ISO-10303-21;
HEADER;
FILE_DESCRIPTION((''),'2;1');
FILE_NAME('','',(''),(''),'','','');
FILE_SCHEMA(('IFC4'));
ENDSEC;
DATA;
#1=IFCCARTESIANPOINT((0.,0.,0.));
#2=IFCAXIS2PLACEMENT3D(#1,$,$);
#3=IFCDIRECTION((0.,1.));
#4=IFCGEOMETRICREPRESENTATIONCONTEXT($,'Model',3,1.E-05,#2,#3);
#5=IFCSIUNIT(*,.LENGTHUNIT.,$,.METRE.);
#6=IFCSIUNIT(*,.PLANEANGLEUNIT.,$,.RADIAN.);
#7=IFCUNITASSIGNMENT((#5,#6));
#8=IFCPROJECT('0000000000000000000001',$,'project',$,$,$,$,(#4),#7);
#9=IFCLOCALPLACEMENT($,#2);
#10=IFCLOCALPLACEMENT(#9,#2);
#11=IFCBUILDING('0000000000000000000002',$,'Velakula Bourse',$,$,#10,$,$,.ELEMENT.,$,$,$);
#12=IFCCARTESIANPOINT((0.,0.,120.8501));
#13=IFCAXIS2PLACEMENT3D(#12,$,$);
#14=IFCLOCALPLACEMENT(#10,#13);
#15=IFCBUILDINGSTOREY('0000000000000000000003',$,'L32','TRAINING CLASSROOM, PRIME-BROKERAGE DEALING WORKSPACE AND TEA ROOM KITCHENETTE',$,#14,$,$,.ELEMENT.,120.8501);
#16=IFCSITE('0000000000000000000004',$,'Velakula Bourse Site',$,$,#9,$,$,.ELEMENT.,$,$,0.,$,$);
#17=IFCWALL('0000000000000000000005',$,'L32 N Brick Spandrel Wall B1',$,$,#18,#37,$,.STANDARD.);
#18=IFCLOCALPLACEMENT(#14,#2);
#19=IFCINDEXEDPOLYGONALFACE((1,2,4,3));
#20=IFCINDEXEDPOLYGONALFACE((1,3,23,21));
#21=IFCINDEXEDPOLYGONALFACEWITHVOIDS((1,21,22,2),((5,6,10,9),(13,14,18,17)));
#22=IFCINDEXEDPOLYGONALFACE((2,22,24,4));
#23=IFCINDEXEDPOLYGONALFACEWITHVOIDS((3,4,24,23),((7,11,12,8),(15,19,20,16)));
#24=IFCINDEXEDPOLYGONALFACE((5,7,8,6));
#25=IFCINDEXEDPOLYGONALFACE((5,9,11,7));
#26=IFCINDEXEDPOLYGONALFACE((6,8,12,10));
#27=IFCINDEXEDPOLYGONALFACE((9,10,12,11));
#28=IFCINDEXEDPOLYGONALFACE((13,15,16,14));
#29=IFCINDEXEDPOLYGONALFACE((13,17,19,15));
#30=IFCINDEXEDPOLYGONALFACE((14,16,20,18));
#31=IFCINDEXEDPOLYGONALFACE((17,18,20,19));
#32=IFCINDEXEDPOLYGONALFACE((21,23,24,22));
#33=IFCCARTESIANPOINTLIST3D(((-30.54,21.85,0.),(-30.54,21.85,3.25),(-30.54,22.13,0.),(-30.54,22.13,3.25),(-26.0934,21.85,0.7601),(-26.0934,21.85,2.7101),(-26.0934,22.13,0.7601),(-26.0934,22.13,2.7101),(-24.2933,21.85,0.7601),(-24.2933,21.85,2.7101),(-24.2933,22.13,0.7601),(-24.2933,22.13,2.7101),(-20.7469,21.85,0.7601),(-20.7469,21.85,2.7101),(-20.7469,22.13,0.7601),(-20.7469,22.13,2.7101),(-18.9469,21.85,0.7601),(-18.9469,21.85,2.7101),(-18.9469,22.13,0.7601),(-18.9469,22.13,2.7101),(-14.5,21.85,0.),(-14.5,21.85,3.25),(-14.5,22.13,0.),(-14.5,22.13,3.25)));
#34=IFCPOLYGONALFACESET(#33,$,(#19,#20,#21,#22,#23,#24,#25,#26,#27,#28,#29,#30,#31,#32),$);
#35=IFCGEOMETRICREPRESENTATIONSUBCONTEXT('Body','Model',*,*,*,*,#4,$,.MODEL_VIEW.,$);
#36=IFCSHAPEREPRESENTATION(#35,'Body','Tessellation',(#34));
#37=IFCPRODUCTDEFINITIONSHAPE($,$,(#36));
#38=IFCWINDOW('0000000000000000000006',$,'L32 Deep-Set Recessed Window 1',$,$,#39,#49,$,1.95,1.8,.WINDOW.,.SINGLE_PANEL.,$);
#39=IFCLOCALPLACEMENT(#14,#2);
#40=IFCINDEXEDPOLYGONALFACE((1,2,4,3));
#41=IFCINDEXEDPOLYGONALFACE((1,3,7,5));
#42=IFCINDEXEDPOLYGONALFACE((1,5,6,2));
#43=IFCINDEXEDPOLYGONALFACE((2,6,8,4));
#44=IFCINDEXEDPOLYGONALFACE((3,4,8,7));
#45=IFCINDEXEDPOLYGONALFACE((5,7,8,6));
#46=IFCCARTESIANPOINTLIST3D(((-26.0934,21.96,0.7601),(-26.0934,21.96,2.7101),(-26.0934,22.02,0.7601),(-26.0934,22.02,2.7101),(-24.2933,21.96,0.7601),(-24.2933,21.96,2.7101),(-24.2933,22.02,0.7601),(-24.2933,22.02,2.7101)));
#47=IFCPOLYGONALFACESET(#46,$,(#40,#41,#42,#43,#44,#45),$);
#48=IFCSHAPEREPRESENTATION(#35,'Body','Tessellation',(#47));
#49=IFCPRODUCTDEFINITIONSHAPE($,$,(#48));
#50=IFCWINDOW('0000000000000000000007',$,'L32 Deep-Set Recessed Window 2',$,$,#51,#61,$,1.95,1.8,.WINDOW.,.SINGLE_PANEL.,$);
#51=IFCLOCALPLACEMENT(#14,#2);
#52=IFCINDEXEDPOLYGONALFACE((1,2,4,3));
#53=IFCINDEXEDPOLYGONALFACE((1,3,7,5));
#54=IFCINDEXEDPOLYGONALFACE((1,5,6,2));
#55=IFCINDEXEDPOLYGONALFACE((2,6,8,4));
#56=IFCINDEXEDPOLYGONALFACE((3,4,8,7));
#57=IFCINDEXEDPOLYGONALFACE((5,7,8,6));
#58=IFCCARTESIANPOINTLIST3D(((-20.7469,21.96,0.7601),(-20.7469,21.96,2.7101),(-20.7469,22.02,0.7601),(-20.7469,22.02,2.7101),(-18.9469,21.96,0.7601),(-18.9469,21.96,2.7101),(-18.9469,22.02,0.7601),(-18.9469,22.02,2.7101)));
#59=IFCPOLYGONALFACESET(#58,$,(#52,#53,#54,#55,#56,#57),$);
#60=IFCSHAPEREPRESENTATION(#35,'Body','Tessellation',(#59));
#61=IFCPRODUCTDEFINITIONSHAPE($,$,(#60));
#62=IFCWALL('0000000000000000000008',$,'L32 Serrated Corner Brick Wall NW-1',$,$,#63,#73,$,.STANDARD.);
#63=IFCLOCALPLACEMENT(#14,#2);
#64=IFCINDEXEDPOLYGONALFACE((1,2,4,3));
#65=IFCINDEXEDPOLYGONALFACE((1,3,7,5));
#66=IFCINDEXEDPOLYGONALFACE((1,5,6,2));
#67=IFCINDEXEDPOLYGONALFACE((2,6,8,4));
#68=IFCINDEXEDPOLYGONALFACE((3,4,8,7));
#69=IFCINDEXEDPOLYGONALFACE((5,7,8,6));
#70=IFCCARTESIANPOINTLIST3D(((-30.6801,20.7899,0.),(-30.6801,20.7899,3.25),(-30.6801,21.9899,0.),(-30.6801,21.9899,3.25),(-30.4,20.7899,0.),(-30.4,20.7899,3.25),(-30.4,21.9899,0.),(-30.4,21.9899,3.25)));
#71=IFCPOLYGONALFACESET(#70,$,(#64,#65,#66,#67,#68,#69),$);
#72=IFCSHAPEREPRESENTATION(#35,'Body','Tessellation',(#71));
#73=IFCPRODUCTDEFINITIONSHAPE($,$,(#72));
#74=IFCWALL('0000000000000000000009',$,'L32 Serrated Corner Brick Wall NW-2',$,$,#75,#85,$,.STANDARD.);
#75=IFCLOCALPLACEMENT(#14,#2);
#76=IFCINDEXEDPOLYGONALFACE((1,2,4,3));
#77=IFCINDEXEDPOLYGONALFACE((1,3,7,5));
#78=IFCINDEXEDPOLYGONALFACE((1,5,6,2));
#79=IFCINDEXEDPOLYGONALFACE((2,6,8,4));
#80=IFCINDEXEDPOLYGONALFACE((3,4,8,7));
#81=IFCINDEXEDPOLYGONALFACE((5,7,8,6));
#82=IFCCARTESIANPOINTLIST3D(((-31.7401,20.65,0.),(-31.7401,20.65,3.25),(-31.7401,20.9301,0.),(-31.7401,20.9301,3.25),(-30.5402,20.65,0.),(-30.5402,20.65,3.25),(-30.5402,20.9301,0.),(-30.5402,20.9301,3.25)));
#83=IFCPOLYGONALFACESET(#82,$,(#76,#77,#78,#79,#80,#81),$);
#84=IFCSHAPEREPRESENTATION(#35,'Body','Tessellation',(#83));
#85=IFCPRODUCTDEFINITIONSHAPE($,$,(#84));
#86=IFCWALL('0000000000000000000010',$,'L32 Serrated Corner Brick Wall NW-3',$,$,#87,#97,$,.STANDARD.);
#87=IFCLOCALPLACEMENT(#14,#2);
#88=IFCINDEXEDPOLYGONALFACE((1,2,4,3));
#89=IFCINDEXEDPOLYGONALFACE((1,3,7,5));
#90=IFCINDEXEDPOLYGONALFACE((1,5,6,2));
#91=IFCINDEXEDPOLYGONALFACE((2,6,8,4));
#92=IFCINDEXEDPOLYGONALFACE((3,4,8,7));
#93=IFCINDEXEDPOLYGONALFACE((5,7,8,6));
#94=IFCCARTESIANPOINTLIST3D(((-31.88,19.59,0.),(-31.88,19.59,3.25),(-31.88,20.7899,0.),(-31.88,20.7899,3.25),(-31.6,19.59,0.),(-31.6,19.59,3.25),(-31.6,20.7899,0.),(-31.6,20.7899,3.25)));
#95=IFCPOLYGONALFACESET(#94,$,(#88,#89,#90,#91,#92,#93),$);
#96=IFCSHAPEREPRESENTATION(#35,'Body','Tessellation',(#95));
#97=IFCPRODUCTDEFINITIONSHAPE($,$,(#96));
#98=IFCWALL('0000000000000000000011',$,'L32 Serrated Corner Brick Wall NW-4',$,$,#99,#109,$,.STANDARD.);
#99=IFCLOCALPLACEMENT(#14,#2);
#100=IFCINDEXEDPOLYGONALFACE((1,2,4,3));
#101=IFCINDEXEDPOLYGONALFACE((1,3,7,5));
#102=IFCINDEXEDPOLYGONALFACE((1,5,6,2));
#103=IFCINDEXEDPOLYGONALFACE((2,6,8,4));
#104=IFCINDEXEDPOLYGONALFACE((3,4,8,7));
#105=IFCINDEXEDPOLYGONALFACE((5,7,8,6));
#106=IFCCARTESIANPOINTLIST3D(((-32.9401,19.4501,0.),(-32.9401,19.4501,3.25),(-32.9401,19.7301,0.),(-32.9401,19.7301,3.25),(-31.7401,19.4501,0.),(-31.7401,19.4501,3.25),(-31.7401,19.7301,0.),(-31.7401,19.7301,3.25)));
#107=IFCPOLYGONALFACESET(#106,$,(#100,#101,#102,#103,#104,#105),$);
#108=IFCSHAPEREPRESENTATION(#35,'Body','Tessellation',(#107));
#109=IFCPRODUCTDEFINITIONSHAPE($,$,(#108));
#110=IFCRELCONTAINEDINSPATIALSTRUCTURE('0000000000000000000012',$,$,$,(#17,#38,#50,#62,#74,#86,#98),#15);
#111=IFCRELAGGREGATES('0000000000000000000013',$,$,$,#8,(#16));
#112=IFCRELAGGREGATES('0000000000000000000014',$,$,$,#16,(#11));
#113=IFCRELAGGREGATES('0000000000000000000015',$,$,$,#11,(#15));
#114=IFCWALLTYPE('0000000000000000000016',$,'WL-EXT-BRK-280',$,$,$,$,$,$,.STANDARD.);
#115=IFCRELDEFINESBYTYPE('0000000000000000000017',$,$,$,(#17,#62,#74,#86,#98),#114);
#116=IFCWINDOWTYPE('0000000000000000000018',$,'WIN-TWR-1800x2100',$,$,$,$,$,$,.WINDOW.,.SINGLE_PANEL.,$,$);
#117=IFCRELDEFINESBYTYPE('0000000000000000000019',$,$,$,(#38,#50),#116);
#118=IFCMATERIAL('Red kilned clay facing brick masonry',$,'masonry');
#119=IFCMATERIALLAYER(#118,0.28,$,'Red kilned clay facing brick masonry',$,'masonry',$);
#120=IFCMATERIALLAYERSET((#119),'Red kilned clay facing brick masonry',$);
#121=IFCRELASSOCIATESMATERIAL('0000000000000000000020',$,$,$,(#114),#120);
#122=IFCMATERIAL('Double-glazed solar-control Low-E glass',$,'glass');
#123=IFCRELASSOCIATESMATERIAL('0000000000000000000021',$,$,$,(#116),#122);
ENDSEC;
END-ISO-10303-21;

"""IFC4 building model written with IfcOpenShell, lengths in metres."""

from ifc_helpers import new_model, si_unit, direction, frame, frame_2d, origin, place, context, subcontext, project, spatial, rectangle, extrude, material, layer, layer_set, type_object, element, fill, save


model = new_model("IFC4")

# Units and contexts
model_context = context("Model", 3, precision=1e-05, world=origin(), true_north=direction((0.0, 1.0)))
body_context = subcontext(model_context, "Body", "Model", "MODEL_VIEW")
ifc_project = project(units=[si_unit("LENGTHUNIT", "METRE"), si_unit("PLANEANGLEUNIT", "RADIAN")], contexts=[model_context])

# Site, building, storey
site_placement = place(None, origin())
site = spatial("IfcSite", under=ifc_project, at=site_placement, Name="Velakula Bourse Site", CompositionType="ELEMENT", RefElevation=0.0)
building_placement = place(site_placement, origin())
building = spatial("IfcBuilding", under=site, at=building_placement, Name="Velakula Bourse", CompositionType="ELEMENT")
storey_placement = place(building_placement, frame((0.0, 0.0, 120.8501)))
storey = spatial("IfcBuildingStorey", under=building, at=storey_placement, Name="L32", Description="TRAINING CLASSROOM, PRIME-BROKERAGE DEALING WORKSPACE AND TEA ROOM KITCHENETTE", CompositionType="ELEMENT", Elevation=120.8501)

# Wall, openings, windows
ifc_material_1 = material(Name="Red kilned clay facing brick masonry", Category="masonry")
ifc_layer = layer(ifc_material_1, 0.28, Name="Red kilned clay facing brick masonry", Category="masonry")
ifc_layer_set = layer_set([ifc_layer], Name="Red kilned clay facing brick masonry")
wall_type = type_object("IfcWallType", Name="WL-EXT-BRK-280", PredefinedType="STANDARD", material=ifc_layer_set)
wall_placement = place(storey_placement, frame((-30.54, 21.99, 0.0), z_axis=(0.0, 0.0, 1.0), x_axis=(1.0, 0.0, 0.0)))
wall = element("IfcWall", 1, at=wall_placement, inside=storey, type_object=wall_type, Name="L32 N Brick Spandrel Wall B1", PredefinedType="STANDARD", context=body_context, shape_type="SweptSolid", body=[
    extrude(rectangle(XDim=16.04, YDim=0.28, at=frame_2d((8.02, 0.0))), origin(), (0.0, 0.0, 1.0), 3.25),
])
opening_1_placement = place(wall_placement, frame((4.4468, 0.0, 0.76)))
opening_1 = element("IfcOpeningElement", 2, at=opening_1_placement, cuts=wall, PredefinedType="OPENING", context=body_context, shape_type="SweptSolid", body=[
    extrude(rectangle(XDim=1.8, YDim=1.95, at=frame_2d((0.8999, 0.9751))), frame((0.0, 0.1499, 0.0), z_axis=(0.0, -1.0, 0.0), x_axis=(1.0, 0.0, 0.0)), (0.0, 0.0, 1.0), 0.3),
])
opening_2_placement = place(wall_placement, frame((9.7932, 0.0, 0.76)))
opening_2 = element("IfcOpeningElement", 3, at=opening_2_placement, cuts=wall, PredefinedType="OPENING", context=body_context, shape_type="SweptSolid", body=[
    extrude(rectangle(XDim=1.8, YDim=1.95, at=frame_2d((0.8999, 0.9751))), frame((0.0, 0.1499, 0.0), z_axis=(0.0, -1.0, 0.0), x_axis=(1.0, 0.0, 0.0)), (0.0, 0.0, 1.0), 0.3),
])
ifc_material_2 = material(Name="Double-glazed solar-control Low-E glass", Category="glass")
window_type = type_object("IfcWindowType", Name="WIN-TWR-1800x2100", PartitioningType="SINGLE_PANEL", PredefinedType="WINDOW", material=ifc_material_2)
window_1_placement = place(opening_1_placement, origin())
window_1 = element("IfcWindow", 4, at=window_1_placement, inside=storey, type_object=window_type, Name="L32 Deep-Set Recessed Window 1", OverallHeight=1.95, OverallWidth=1.8, PartitioningType="SINGLE_PANEL", PredefinedType="WINDOW", context=body_context, shape_type="SweptSolid", body=[
    extrude(rectangle(XDim=1.8, YDim=1.95, at=frame_2d((0.8999, 0.9751))), frame((0.0, 0.03, 0.0), z_axis=(0.0, -1.0, 0.0), x_axis=(1.0, 0.0, 0.0)), (0.0, 0.0, 1.0), 0.0601),
])
fill(opening_1, window_1)
window_2_placement = place(opening_2_placement, origin())
window_2 = element("IfcWindow", 5, at=window_2_placement, inside=storey, type_object=window_type, Name="L32 Deep-Set Recessed Window 2", OverallHeight=1.95, OverallWidth=1.8, PartitioningType="SINGLE_PANEL", PredefinedType="WINDOW", context=body_context, shape_type="SweptSolid", body=[
    extrude(rectangle(XDim=1.8, YDim=1.95, at=frame_2d((0.8999, 0.9751))), frame((0.0, 0.03, 0.0), z_axis=(0.0, -1.0, 0.0), x_axis=(1.0, 0.0, 0.0)), (0.0, 0.0, 1.0), 0.0601),
])
fill(opening_2, window_2)

# Walls
for number, where, z_axis, x_axis, name in (
    (6, (-30.54, 21.99, 0.0), (0.0, 0.0, 1.0), (0.0, -1.0, 0.0), "L32 Serrated Corner Brick Wall NW-1"),
    (7, (-30.54, 20.79, 0.0), (0.0, 0.0, 1.0), (-1.0, 0.0, 0.0), "L32 Serrated Corner Brick Wall NW-2"),
    (8, (-31.74, 20.79, 0.0), (0.0, 0.0, 1.0), (0.0, -1.0, 0.0), "L32 Serrated Corner Brick Wall NW-3"),
    (9, (-31.74, 19.5901, 0.0), (0.0, 0.0, 1.0), (-1.0, 0.0, 0.0), "L32 Serrated Corner Brick Wall NW-4"),
):
    element("IfcWall", number, at=place(storey_placement, frame(where, z_axis=z_axis, x_axis=x_axis)), inside=storey, type_object=wall_type, Name=name, PredefinedType="STANDARD", context=body_context, shape_type="SweptSolid", body=[
        extrude(rectangle(XDim=1.2, YDim=0.28, at=frame_2d((0.6001, 0.0))), origin(), (0.0, 0.0, 1.0), 3.25),
    ])

save(model, "model.ifc")
